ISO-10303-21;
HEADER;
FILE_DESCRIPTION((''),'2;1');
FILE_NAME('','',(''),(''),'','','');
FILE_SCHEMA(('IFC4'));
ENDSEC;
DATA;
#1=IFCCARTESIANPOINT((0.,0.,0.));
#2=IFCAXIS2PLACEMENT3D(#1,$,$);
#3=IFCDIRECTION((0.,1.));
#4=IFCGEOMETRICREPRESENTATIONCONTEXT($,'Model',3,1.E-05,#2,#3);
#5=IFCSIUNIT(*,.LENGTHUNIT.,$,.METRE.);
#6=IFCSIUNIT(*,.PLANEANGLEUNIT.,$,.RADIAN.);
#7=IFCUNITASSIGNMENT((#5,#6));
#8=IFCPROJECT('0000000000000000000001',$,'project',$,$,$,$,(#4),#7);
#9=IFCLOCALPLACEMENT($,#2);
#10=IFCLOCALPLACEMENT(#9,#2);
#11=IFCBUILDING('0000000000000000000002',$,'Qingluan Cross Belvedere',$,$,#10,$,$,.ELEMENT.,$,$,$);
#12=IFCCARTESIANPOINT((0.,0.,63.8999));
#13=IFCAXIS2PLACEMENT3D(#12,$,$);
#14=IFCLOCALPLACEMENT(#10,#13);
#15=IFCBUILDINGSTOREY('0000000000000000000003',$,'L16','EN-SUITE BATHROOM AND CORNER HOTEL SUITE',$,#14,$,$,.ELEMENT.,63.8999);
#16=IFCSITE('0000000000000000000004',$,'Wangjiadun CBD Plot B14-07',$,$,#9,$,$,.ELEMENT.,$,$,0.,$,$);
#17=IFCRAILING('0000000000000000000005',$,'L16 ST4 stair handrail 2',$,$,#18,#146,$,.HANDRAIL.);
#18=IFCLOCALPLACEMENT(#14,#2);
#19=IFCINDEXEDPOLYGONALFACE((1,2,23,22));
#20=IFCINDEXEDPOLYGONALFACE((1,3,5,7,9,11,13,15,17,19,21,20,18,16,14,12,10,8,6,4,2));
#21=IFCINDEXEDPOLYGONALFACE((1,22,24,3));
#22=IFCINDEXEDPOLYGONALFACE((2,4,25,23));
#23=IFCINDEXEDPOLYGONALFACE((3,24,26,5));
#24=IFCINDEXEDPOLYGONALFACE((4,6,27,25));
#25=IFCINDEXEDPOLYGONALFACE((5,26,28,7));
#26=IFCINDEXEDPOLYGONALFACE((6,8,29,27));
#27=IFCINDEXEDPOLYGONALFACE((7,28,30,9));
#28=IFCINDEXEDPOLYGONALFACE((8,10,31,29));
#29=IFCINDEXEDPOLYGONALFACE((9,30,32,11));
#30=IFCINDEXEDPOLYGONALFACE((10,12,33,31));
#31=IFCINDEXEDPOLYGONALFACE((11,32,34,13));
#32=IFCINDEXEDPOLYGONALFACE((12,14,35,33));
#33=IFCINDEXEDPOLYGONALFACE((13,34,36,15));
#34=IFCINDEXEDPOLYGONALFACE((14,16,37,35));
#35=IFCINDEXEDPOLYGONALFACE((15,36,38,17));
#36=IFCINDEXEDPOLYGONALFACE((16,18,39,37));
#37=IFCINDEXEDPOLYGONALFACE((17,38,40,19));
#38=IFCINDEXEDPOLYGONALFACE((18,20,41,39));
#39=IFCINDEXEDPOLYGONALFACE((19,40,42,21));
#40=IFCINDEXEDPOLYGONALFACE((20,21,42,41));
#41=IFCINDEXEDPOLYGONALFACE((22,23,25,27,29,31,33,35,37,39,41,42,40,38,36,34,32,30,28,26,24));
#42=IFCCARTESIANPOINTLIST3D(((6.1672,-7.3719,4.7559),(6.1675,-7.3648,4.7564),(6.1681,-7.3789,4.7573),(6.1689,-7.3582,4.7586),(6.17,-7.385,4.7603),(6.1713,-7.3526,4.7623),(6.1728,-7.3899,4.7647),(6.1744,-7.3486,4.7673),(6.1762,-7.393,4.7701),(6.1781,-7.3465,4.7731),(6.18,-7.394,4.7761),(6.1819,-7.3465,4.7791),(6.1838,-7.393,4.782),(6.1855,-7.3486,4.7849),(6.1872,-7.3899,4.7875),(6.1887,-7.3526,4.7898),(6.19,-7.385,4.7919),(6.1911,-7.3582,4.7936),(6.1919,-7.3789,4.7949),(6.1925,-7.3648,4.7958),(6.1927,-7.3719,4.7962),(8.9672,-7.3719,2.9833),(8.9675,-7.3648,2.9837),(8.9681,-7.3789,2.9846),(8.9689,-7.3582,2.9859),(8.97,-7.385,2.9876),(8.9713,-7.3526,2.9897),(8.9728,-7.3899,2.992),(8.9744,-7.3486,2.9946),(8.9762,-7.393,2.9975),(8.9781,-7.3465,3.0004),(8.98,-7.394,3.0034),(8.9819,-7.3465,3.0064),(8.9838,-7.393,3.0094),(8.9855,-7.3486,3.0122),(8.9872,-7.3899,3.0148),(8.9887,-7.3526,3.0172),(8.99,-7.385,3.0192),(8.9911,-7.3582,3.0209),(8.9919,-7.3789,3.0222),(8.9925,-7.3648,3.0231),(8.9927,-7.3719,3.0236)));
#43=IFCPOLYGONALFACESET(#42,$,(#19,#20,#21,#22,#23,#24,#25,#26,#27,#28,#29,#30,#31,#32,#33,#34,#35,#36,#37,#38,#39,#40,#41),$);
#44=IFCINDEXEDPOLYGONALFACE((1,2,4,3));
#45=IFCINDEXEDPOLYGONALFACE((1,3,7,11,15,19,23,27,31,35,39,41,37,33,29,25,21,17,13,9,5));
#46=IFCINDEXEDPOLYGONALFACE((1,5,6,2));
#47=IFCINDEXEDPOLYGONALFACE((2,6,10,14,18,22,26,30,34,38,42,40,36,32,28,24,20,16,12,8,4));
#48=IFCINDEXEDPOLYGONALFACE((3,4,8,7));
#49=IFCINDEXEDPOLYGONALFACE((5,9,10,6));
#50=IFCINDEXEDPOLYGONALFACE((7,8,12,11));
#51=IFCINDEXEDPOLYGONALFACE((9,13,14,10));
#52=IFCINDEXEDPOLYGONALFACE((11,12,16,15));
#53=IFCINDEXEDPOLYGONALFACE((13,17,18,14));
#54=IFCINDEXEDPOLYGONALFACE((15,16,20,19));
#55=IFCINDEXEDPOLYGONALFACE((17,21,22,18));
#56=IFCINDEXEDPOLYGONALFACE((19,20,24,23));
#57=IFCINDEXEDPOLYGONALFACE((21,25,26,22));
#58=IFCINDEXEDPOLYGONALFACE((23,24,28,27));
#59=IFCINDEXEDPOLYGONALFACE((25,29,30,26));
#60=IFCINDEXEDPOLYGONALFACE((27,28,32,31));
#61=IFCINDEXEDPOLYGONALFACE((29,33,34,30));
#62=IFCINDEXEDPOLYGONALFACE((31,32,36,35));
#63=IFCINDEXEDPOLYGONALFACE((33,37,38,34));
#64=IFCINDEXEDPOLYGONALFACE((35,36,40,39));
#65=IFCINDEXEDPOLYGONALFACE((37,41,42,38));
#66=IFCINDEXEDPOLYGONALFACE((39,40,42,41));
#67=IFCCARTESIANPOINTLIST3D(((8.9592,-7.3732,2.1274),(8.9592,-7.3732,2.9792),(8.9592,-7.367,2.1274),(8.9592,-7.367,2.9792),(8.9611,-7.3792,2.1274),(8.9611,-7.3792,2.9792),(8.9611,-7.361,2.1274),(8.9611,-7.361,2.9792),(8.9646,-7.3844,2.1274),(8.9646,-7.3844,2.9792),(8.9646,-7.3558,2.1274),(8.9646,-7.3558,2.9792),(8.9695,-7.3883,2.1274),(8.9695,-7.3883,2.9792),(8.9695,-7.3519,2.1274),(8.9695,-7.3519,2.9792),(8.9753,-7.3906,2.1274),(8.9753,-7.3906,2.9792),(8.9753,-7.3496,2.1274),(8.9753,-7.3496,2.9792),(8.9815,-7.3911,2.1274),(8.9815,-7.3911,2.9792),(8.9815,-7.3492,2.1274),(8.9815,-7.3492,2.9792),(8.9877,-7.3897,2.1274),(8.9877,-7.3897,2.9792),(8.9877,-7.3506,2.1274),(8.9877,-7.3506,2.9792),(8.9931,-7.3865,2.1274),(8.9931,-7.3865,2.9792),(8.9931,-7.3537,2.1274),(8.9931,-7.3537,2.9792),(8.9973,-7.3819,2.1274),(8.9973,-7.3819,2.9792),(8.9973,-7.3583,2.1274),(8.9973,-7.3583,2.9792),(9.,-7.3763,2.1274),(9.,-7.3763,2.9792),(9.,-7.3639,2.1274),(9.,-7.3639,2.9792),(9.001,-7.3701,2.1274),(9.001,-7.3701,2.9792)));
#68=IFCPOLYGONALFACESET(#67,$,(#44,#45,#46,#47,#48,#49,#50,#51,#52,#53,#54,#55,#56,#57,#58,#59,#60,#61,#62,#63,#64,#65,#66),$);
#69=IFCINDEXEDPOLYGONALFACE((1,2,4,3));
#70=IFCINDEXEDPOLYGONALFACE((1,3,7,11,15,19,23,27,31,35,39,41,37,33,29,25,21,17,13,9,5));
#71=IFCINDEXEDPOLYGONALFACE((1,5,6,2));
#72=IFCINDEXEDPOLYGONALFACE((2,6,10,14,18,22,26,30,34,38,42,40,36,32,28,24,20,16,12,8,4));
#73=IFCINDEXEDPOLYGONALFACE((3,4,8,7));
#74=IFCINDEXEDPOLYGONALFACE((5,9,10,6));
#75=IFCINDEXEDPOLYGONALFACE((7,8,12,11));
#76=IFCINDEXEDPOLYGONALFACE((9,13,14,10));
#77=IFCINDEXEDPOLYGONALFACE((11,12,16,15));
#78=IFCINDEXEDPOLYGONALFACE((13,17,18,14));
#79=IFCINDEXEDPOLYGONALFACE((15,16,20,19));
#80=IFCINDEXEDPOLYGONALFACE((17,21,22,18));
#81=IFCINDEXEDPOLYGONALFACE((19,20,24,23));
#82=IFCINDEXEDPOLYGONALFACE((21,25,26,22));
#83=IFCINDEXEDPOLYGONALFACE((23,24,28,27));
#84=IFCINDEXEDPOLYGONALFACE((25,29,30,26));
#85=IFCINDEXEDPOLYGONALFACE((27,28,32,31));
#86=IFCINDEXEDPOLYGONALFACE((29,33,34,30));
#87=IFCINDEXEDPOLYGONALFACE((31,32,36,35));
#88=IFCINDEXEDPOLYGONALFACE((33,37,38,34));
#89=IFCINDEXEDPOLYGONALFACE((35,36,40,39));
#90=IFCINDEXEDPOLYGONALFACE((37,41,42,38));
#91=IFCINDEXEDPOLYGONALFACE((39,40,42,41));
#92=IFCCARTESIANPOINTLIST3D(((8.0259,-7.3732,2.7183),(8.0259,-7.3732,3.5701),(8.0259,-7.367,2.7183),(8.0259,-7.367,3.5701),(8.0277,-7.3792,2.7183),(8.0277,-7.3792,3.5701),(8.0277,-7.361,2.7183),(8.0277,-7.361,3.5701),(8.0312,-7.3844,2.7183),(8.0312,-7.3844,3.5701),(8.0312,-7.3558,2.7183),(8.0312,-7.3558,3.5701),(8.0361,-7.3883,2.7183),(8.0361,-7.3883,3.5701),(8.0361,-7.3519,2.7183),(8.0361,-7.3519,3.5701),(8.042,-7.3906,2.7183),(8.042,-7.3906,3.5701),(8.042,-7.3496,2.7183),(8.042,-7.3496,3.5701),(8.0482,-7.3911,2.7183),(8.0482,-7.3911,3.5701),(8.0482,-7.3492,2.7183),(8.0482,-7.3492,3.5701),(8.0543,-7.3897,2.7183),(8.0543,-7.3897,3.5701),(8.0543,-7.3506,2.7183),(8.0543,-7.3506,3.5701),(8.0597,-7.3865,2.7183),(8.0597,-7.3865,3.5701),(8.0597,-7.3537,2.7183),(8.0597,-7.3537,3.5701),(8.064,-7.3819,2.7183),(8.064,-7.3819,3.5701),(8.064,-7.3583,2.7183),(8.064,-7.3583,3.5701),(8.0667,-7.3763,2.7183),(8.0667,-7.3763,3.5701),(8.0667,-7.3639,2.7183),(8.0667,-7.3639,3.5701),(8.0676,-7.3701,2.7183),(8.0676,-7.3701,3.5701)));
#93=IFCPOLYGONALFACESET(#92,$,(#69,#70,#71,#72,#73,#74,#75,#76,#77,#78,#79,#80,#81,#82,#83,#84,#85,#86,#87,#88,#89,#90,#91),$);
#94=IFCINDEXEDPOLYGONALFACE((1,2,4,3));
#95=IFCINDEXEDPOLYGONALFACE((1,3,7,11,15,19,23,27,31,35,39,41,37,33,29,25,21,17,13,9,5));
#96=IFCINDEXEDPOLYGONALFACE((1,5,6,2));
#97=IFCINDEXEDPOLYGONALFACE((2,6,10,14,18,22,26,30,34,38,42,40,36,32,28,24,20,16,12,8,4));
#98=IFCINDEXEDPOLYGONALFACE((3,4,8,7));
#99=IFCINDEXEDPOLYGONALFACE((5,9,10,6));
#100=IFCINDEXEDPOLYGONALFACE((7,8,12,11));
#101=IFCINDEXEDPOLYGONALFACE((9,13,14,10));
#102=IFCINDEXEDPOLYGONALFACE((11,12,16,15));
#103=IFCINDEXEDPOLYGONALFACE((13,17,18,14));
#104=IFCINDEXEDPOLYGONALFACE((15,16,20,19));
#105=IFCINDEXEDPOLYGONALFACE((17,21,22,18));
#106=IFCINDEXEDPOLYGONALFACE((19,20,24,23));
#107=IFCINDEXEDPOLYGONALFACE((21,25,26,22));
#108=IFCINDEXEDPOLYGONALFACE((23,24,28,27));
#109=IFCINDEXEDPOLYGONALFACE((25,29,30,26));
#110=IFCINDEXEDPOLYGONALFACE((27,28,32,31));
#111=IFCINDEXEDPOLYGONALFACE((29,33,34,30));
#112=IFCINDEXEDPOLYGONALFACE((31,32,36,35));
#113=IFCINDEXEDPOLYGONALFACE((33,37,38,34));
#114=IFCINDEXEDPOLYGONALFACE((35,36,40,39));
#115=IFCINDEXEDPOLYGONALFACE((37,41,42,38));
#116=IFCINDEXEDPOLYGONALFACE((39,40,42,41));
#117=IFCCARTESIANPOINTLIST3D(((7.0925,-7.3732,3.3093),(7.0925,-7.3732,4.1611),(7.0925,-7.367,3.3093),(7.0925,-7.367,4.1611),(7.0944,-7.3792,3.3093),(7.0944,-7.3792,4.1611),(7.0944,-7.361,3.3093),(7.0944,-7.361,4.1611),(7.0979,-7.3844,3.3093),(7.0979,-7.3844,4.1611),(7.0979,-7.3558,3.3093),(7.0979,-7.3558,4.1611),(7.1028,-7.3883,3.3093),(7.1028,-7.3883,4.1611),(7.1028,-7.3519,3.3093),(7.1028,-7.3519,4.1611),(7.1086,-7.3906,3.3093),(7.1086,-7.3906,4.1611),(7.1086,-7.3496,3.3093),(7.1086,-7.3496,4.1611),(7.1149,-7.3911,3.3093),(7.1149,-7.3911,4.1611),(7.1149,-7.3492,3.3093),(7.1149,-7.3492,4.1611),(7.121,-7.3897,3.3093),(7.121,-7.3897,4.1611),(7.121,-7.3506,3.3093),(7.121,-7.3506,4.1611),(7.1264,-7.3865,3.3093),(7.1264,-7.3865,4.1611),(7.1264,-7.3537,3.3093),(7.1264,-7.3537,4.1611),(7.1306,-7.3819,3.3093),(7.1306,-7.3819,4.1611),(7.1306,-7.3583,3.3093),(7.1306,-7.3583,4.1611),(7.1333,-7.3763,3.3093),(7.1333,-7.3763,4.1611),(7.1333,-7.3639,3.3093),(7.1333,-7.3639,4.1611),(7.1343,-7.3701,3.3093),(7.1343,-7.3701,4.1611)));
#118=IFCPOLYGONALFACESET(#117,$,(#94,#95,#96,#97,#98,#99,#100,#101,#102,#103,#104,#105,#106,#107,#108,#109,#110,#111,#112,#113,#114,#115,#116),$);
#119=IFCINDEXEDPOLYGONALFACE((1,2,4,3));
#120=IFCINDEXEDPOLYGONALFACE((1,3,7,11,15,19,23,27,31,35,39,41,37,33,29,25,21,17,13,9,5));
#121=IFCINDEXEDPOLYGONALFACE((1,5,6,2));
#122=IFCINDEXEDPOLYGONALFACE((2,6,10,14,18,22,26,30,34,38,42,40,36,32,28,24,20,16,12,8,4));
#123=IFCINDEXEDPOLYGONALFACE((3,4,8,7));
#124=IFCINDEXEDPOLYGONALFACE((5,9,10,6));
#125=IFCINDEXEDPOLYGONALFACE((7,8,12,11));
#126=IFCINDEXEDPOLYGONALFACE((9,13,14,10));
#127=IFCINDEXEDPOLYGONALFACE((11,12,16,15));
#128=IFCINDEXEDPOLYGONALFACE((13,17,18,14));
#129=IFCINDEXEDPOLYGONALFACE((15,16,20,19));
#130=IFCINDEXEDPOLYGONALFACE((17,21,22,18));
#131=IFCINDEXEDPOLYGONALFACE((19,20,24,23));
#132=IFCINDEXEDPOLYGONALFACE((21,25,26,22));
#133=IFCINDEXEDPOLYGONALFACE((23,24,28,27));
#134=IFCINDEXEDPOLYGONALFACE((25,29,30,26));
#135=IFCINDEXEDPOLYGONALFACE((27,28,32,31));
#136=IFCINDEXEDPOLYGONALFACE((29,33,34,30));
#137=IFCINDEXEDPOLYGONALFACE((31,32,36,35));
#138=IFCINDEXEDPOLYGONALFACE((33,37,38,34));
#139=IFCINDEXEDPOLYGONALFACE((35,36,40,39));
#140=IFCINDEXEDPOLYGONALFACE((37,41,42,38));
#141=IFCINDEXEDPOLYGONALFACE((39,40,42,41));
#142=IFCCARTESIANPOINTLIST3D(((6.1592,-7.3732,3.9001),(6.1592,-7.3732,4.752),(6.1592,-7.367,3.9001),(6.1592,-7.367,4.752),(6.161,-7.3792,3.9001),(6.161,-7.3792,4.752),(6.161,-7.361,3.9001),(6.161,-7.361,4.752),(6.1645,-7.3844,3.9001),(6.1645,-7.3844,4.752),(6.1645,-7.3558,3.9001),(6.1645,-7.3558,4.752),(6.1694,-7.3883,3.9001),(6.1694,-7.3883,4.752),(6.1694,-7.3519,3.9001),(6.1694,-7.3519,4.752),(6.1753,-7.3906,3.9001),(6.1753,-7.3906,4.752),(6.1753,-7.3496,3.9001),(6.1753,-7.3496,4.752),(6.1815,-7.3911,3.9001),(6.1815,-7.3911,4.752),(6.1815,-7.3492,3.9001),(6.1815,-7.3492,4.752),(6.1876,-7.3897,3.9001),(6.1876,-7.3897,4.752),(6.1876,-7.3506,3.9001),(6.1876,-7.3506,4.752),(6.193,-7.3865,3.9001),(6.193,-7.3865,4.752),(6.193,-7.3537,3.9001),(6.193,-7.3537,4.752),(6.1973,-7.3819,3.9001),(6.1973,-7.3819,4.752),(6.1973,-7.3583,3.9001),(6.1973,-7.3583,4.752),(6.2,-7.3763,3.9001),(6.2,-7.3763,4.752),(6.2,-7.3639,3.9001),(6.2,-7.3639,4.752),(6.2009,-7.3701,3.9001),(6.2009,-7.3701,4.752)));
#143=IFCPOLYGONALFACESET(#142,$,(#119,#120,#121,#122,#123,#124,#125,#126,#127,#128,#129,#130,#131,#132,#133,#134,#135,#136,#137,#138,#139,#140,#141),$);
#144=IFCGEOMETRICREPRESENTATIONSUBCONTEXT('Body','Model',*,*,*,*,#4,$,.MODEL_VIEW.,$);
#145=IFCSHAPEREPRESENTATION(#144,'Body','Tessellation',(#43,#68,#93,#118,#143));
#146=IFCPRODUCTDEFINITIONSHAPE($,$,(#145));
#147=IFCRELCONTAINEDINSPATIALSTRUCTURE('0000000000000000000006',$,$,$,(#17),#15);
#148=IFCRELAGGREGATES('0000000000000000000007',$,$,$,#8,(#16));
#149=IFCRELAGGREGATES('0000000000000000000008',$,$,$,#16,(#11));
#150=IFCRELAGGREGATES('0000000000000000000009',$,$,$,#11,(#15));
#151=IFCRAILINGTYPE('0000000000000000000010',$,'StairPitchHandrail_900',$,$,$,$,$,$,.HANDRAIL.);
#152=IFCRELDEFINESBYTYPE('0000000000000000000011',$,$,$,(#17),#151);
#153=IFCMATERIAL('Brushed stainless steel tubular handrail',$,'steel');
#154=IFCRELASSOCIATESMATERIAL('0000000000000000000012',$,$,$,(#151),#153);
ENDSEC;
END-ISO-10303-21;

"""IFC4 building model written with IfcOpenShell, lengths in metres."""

from ifc_helpers import new_model, si_unit, direction, frame, origin, origin_2d, place, context, subcontext, project, spatial, circle, extrude, material, type_object, element, save


model = new_model("IFC4")

# Units and contexts
model_context = context("Model", 3, precision=1e-05, world=origin(), true_north=direction((0.0, 1.0)))
body_context = subcontext(model_context, "Body", "Model", "MODEL_VIEW")
ifc_project = project(units=[si_unit("LENGTHUNIT", "METRE"), si_unit("PLANEANGLEUNIT", "RADIAN")], contexts=[model_context])

# Site, building, storey
site_placement = place(None, origin())
site = spatial("IfcSite", under=ifc_project, at=site_placement, Name="Wangjiadun CBD Plot B14-07", CompositionType="ELEMENT", RefElevation=0.0)
building_placement = place(site_placement, origin())
building = spatial("IfcBuilding", under=site, at=building_placement, Name="Qingluan Cross Belvedere", CompositionType="ELEMENT")
storey_placement = place(building_placement, frame((0.0, 0.0, 63.8999)))
storey = spatial("IfcBuildingStorey", under=building, at=storey_placement, Name="L16", Description="EN-SUITE BATHROOM AND CORNER HOTEL SUITE", CompositionType="ELEMENT", Elevation=63.8999)

# Railing
ifc_material_1 = material(Name="Brushed stainless steel tubular handrail", Category="steel")
railing_type_1 = type_object("IfcRailingType", Name="StairPitchHandrail_900", PredefinedType="HANDRAIL", material=ifc_material_1)
railing_1_placement = place(storey_placement, frame((8.98, -7.3701, 2.1274)))
element("IfcRailing", 1, at=railing_1_placement, inside=storey, type_object=railing_type_1, Name="L16 ST4 stair handrail 2", PredefinedType="HANDRAIL", context=body_context, shape_type="SweptSolid", body=[
    extrude(circle(Radius=0.0239, at=origin_2d()), frame((0.0, 0.0, 0.876), z_axis=(-0.844909, 0.0, 0.53491), x_axis=(0.0, -1.0, 0.0)), (0.0, 0.0, 1.0), 3.314),
    extrude(circle(Radius=0.021, at=origin_2d()), origin(), (0.0, 0.0, 1.0), 0.8518),
    extrude(circle(Radius=0.021, at=origin_2d()), frame((-0.9333, 0.0, 0.5908)), (0.0, 0.0, 1.0), 0.8518),
    extrude(circle(Radius=0.021, at=origin_2d()), frame((-1.8667, 0.0, 1.1819)), (0.0, 0.0, 1.0), 0.8518),
    extrude(circle(Radius=0.021, at=origin_2d()), frame((-2.8, 0.0, 1.7727)), (0.0, 0.0, 1.0), 0.8518),
])

save(model, "model.ifc")
